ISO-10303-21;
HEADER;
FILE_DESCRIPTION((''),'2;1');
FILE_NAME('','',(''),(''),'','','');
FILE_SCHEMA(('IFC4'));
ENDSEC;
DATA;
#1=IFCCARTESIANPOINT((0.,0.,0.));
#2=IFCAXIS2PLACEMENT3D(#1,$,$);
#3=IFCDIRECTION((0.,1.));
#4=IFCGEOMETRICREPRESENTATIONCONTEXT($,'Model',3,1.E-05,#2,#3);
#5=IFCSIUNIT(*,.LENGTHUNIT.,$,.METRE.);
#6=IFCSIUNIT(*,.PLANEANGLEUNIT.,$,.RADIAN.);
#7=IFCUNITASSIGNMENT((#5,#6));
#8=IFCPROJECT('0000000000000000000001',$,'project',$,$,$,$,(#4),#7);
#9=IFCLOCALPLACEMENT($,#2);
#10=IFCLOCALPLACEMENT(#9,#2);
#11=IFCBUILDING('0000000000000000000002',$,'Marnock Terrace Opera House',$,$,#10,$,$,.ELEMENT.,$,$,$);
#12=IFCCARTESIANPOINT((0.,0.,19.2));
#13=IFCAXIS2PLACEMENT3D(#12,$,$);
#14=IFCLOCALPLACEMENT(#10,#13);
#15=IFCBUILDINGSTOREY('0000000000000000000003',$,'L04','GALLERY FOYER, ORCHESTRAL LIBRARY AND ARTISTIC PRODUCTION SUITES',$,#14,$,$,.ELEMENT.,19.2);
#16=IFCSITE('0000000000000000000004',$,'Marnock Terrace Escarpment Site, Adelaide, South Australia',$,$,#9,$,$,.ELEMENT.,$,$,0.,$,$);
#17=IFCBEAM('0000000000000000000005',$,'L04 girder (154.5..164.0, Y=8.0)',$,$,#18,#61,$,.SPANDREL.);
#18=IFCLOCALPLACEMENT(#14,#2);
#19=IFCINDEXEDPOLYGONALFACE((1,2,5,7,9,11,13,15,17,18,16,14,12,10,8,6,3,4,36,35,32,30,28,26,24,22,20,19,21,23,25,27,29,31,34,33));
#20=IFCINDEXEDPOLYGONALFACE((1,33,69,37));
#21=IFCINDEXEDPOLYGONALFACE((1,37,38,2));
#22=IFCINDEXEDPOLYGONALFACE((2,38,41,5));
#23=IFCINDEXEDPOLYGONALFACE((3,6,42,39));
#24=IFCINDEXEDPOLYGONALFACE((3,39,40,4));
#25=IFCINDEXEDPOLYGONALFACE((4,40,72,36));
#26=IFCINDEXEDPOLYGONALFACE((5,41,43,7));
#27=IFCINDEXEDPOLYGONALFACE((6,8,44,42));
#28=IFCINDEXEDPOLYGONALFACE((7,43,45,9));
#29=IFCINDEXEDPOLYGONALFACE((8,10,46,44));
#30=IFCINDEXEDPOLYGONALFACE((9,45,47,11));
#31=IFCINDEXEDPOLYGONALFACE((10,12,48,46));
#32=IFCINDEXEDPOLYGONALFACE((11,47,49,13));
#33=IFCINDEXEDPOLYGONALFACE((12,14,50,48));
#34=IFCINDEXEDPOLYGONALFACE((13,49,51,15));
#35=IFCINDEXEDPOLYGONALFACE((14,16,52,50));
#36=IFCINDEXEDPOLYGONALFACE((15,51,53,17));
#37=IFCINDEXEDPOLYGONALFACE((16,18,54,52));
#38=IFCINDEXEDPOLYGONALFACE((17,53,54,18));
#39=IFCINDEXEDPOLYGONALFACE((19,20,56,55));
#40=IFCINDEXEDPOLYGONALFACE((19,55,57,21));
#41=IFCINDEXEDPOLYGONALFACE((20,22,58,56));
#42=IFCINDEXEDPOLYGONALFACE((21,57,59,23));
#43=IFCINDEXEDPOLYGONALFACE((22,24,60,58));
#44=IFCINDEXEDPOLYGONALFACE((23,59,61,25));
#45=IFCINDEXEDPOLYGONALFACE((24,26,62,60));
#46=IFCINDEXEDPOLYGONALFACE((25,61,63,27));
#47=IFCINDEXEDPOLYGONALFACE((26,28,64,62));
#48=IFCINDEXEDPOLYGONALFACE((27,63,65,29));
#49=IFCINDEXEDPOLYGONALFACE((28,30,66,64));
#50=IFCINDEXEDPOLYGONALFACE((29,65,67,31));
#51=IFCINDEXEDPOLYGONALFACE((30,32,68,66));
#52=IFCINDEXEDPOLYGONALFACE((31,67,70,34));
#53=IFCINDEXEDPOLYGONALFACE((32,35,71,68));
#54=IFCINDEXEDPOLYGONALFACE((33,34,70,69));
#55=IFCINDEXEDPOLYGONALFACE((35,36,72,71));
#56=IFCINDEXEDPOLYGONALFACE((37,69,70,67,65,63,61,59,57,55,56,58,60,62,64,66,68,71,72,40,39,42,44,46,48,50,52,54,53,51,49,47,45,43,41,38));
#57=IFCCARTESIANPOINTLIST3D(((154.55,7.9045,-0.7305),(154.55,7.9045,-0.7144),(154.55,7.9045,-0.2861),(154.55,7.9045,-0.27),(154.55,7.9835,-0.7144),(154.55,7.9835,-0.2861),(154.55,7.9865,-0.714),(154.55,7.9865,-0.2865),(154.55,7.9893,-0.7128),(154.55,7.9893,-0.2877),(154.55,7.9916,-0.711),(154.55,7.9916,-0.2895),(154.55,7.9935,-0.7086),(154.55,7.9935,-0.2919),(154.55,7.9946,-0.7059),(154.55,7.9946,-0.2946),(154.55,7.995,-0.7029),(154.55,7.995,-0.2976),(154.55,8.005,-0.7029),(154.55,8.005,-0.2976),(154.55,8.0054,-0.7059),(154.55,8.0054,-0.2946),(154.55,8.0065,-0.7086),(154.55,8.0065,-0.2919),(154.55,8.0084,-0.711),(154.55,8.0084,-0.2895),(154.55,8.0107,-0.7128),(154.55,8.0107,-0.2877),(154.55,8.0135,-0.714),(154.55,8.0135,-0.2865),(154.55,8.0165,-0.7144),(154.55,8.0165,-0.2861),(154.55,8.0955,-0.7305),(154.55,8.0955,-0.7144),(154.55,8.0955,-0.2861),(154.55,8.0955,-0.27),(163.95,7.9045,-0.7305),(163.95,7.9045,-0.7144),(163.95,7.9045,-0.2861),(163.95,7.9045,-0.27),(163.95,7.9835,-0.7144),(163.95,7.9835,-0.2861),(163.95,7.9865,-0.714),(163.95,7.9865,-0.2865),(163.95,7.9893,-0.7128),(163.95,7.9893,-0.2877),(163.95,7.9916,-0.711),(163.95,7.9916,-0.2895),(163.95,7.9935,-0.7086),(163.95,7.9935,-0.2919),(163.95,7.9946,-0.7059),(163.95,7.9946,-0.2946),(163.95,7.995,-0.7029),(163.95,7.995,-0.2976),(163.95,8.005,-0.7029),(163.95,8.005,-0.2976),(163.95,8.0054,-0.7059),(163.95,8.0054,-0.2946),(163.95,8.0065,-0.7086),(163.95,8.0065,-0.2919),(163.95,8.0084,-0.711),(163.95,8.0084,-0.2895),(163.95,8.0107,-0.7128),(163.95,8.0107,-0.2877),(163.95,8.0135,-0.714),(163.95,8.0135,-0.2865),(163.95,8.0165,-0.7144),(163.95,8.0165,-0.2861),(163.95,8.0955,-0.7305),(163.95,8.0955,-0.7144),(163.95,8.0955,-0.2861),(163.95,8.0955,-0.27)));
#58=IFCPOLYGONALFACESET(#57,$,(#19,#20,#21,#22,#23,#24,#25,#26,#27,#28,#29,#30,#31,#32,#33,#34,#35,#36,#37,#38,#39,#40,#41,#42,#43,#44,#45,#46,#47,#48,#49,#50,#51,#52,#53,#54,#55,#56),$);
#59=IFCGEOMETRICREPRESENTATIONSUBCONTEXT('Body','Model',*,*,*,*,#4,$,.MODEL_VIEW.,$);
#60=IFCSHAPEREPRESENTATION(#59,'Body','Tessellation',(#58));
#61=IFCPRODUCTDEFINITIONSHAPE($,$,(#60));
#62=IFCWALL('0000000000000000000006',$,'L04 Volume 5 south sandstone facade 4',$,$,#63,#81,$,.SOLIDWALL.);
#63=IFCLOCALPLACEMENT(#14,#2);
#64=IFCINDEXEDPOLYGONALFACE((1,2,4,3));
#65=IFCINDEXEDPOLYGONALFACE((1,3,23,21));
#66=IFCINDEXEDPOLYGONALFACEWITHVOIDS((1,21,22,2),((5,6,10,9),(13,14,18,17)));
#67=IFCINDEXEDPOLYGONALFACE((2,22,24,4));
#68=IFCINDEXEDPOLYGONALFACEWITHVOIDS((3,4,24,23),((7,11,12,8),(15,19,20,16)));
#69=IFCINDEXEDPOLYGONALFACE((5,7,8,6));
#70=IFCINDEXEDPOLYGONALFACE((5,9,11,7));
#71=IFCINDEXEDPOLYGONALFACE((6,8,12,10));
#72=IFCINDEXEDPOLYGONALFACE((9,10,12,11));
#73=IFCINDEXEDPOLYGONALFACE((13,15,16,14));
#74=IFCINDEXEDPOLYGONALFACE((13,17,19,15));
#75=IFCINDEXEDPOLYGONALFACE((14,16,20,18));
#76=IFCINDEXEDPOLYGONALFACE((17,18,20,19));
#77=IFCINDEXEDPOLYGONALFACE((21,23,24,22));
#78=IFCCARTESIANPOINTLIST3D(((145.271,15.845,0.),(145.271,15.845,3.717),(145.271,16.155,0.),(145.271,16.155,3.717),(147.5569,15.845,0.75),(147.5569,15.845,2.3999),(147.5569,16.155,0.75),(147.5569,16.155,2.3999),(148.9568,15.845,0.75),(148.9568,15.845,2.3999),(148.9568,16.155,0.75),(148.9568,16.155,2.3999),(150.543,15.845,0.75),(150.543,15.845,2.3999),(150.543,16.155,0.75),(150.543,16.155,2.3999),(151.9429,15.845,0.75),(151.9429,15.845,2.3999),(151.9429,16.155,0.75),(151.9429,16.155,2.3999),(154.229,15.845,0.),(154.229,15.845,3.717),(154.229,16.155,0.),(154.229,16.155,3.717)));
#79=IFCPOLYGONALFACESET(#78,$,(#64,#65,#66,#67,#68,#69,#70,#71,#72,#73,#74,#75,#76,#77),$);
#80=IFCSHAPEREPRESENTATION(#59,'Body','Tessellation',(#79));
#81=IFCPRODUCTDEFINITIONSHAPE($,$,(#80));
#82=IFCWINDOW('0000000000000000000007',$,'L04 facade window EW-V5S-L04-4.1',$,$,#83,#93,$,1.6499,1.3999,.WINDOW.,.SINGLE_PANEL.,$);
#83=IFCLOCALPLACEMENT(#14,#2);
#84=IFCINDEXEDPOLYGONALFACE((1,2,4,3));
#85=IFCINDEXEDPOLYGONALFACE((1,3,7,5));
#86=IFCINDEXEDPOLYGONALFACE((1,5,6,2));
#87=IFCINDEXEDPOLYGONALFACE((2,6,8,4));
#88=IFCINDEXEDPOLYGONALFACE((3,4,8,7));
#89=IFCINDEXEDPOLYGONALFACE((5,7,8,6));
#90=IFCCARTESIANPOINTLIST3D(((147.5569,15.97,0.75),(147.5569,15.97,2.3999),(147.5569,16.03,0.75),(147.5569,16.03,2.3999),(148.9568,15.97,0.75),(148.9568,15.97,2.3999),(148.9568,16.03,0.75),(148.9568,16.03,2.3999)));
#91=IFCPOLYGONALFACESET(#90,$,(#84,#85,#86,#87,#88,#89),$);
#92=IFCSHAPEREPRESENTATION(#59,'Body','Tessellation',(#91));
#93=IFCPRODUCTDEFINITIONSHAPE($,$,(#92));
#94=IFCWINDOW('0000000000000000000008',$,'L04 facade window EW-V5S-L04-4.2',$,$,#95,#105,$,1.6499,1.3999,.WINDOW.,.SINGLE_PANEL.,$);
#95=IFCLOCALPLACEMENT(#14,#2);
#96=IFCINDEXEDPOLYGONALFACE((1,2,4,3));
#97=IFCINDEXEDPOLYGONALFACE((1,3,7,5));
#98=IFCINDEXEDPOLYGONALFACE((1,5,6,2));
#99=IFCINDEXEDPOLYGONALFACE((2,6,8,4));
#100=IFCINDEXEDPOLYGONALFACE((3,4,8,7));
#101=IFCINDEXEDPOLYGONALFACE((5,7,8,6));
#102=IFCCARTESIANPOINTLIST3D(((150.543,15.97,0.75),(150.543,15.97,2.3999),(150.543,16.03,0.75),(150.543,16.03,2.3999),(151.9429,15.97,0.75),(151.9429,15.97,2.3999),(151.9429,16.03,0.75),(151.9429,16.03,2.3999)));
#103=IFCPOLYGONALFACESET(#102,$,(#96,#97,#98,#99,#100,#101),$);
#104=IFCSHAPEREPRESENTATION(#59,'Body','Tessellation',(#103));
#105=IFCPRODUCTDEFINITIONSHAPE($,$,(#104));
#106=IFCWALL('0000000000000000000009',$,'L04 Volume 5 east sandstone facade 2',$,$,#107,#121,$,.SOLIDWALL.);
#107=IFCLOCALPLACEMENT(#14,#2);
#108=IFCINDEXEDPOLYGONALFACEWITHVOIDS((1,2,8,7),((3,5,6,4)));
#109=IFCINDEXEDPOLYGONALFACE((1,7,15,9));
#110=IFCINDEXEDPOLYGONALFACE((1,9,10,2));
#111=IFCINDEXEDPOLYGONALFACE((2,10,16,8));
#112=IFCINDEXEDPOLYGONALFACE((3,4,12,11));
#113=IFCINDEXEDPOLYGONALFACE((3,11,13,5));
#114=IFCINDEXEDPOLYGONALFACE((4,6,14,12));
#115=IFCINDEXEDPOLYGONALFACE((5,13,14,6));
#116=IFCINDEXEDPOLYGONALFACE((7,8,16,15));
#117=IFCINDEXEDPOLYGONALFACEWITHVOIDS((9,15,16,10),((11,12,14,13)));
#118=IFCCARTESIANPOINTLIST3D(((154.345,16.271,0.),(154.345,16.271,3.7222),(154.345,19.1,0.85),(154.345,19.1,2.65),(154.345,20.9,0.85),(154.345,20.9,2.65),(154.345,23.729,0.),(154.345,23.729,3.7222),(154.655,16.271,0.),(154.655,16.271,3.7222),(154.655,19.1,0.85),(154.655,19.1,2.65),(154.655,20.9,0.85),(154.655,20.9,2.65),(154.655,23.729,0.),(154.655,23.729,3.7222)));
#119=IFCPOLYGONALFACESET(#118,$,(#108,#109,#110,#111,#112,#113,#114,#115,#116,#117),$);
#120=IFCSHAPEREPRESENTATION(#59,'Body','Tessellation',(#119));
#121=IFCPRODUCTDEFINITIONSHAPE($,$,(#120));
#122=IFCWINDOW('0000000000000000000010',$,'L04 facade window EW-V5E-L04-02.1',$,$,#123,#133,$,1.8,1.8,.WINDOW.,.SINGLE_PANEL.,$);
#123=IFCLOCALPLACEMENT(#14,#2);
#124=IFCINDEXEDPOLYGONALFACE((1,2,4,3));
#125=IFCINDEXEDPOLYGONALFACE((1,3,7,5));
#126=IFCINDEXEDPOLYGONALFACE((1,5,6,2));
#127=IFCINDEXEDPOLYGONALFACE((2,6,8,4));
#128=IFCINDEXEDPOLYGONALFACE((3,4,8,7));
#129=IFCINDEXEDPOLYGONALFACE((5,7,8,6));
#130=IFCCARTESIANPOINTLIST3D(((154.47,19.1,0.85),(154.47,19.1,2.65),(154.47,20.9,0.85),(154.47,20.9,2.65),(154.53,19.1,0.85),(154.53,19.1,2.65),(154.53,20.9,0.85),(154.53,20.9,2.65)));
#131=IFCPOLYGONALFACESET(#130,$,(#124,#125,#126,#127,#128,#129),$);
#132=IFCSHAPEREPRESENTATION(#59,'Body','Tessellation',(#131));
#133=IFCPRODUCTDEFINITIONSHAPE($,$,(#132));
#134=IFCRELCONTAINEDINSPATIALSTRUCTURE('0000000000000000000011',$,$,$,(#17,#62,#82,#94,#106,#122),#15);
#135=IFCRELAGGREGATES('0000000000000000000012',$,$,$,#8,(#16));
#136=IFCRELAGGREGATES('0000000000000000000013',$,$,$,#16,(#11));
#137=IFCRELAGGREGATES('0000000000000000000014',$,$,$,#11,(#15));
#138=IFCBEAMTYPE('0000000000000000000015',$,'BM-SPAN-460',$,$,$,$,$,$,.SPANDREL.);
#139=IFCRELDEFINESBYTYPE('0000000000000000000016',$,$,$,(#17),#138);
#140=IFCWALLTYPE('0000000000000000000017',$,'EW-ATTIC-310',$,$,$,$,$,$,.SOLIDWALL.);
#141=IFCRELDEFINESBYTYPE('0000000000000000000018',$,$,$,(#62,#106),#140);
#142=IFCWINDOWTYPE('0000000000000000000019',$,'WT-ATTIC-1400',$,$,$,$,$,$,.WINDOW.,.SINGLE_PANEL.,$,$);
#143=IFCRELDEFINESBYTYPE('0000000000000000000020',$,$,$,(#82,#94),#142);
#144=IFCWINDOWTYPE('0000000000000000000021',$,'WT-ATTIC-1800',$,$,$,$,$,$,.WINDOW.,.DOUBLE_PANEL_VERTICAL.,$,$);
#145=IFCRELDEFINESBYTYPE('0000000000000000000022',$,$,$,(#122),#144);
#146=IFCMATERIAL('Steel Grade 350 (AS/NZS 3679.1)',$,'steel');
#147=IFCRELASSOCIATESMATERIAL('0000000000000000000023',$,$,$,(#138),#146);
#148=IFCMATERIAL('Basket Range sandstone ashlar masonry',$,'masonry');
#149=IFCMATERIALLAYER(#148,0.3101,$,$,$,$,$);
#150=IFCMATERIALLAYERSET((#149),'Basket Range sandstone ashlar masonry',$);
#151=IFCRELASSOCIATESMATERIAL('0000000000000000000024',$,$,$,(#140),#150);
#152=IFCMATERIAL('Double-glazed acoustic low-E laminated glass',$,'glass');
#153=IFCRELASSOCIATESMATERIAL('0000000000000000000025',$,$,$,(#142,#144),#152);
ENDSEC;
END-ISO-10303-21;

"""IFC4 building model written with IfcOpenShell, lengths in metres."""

from ifc_helpers import new_model, si_unit, direction, frame, frame_2d, origin, origin_2d, place, context, subcontext, project, spatial, rectangle, i_section, extrude, material, layer, layer_set, material_profile, profile_set, type_object, element, fill, save


model = new_model("IFC4")

# Units and contexts
model_context = context("Model", 3, precision=1e-05, world=origin(), true_north=direction((0.0, 1.0)))
body_context = subcontext(model_context, "Body", "Model", "MODEL_VIEW")
ifc_project = project(units=[si_unit("LENGTHUNIT", "METRE"), si_unit("PLANEANGLEUNIT", "RADIAN")], contexts=[model_context])

# Site, building, storey
site_placement = place(None, origin())
site = spatial("IfcSite", under=ifc_project, at=site_placement, Name="Marnock Terrace Escarpment Site, Adelaide, South Australia", CompositionType="ELEMENT", RefElevation=0.0)
building_placement = place(site_placement, origin())
building = spatial("IfcBuilding", under=site, at=building_placement, Name="Marnock Terrace Opera House", CompositionType="ELEMENT")
storey_placement = place(building_placement, frame((0.0, 0.0, 19.2)))
storey = spatial("IfcBuildingStorey", under=building, at=storey_placement, Name="L04", Description="GALLERY FOYER, ORCHESTRAL LIBRARY AND ARTISTIC PRODUCTION SUITES", CompositionType="ELEMENT", Elevation=19.2)

# Beam
ifc_material_1 = material(Name="Steel Grade 350 (AS/NZS 3679.1)", Category="steel")
ifc_material_profile_1 = material_profile(ifc_material_1, i_section(OverallWidth=0.1909, OverallDepth=0.4604, WebThickness=0.01, FlangeThickness=0.0161, FilletRadius=0.0115, at=origin_2d()))
ifc_profile_set_1 = profile_set([ifc_material_profile_1], Name="Steel Grade 350 (AS/NZS 3679.1)")
beam_type_1 = type_object("IfcBeamType", Name="BM-SPAN-460", PredefinedType="SPANDREL", material=ifc_profile_set_1)
beam_1_placement = place(storey_placement, frame((154.55, 8.0, -0.5002), z_axis=(1.0, 0.0, 0.0), x_axis=(0.0, 1.0, 0.0)))
element("IfcBeam", 1, at=beam_1_placement, inside=storey, type_object=beam_type_1, Name="L04 girder (154.5..164.0, Y=8.0)", PredefinedType="SPANDREL", context=body_context, shape_type="SweptSolid", body=[
    extrude(i_section(OverallWidth=0.1909, OverallDepth=0.4604, WebThickness=0.01, FlangeThickness=0.0161, FilletRadius=0.0115, at=origin_2d()), origin(), (0.0, 0.0, 1.0), 9.3999),
])

# Wall, openings, windows
ifc_material_2 = material(Name="Basket Range sandstone ashlar masonry", Category="masonry")
ifc_layer = layer(ifc_material_2, 0.3101)
ifc_layer_set = layer_set([ifc_layer], Name="Basket Range sandstone ashlar masonry")
wall_type = type_object("IfcWallType", Name="EW-ATTIC-310", PredefinedType="SOLIDWALL", material=ifc_layer_set)
wall_1_placement = place(storey_placement, frame((145.271, 16.0, 0.0), z_axis=(0.0, 0.0, 1.0), x_axis=(1.0, 0.0, 0.0)))
wall_1 = element("IfcWall", 2, at=wall_1_placement, inside=storey, type_object=wall_type, Name="L04 Volume 5 south sandstone facade 4", PredefinedType="SOLIDWALL", context=body_context, shape_type="SweptSolid", body=[
    extrude(rectangle(XDim=8.958, YDim=0.3101, at=frame_2d((4.479, 0.0))), origin(), (0.0, 0.0, 1.0), 3.717),
])
opening_1_placement = place(wall_1_placement, frame((2.2859, 0.0, 0.75)))
opening_1 = element("IfcOpeningElement", 3, at=opening_1_placement, cuts=wall_1, PredefinedType="OPENING", context=body_context, shape_type="SweptSolid", body=[
    extrude(rectangle(XDim=1.3999, YDim=1.6499, at=frame_2d((0.7, 0.825))), frame((0.0, 0.165, 0.0), z_axis=(0.0, -1.0, 0.0), x_axis=(1.0, 0.0, 0.0)), (0.0, 0.0, 1.0), 0.3301),
])
opening_2_placement = place(wall_1_placement, frame((5.272, 0.0, 0.75)))
opening_2 = element("IfcOpeningElement", 4, at=opening_2_placement, cuts=wall_1, PredefinedType="OPENING", context=body_context, shape_type="SweptSolid", body=[
    extrude(rectangle(XDim=1.3999, YDim=1.6499, at=frame_2d((0.7, 0.825))), frame((0.0, 0.165, 0.0), z_axis=(0.0, -1.0, 0.0), x_axis=(1.0, 0.0, 0.0)), (0.0, 0.0, 1.0), 0.3301),
])
ifc_material_3 = material(Name="Double-glazed acoustic low-E laminated glass", Category="glass")
window_type_1 = type_object("IfcWindowType", Name="WT-ATTIC-1400", PartitioningType="SINGLE_PANEL", PredefinedType="WINDOW", material=ifc_material_3)
window_1_placement = place(opening_1_placement, origin())
window_1 = element("IfcWindow", 5, at=window_1_placement, inside=storey, type_object=window_type_1, Name="L04 facade window EW-V5S-L04-4.1", OverallHeight=1.6499, OverallWidth=1.3999, PartitioningType="SINGLE_PANEL", PredefinedType="WINDOW", context=body_context, shape_type="SweptSolid", body=[
    extrude(rectangle(XDim=1.3999, YDim=1.6499, at=frame_2d((0.7, 0.825))), frame((0.0, 0.03, 0.0), z_axis=(0.0, -1.0, 0.0), x_axis=(1.0, 0.0, 0.0)), (0.0, 0.0, 1.0), 0.0601),
])
fill(opening_1, window_1)
window_2_placement = place(opening_2_placement, origin())
window_2 = element("IfcWindow", 6, at=window_2_placement, inside=storey, type_object=window_type_1, Name="L04 facade window EW-V5S-L04-4.2", OverallHeight=1.6499, OverallWidth=1.3999, PartitioningType="SINGLE_PANEL", PredefinedType="WINDOW", context=body_context, shape_type="SweptSolid", body=[
    extrude(rectangle(XDim=1.3999, YDim=1.6499, at=frame_2d((0.7, 0.825))), frame((0.0, 0.03, 0.0), z_axis=(0.0, -1.0, 0.0), x_axis=(1.0, 0.0, 0.0)), (0.0, 0.0, 1.0), 0.0601),
])
fill(opening_2, window_2)

# Wall, opening, window
wall_2_placement = place(storey_placement, frame((154.5, 16.271, 0.0), z_axis=(0.0, 0.0, 1.0), x_axis=(0.0, 1.0, 0.0)))
wall_2 = element("IfcWall", 7, at=wall_2_placement, inside=storey, type_object=wall_type, Name="L04 Volume 5 east sandstone facade 2", PredefinedType="SOLIDWALL", context=body_context, shape_type="SweptSolid", body=[
    extrude(rectangle(XDim=7.458, YDim=0.3101, at=frame_2d((3.729, 0.0))), origin(), (0.0, 0.0, 1.0), 3.7222),
])
opening_3_placement = place(wall_2_placement, frame((2.8291, 0.0, 0.8501)))
opening_3 = element("IfcOpeningElement", 8, at=opening_3_placement, cuts=wall_2, PredefinedType="OPENING", context=body_context, shape_type="SweptSolid", body=[
    extrude(rectangle(XDim=1.8, YDim=1.8, at=frame_2d((0.8999, 0.8999))), frame((0.0, 0.165, 0.0), z_axis=(0.0, -1.0, 0.0), x_axis=(1.0, 0.0, 0.0)), (0.0, 0.0, 1.0), 0.3301),
])
window_type_2 = type_object("IfcWindowType", Name="WT-ATTIC-1800", PartitioningType="DOUBLE_PANEL_VERTICAL", PredefinedType="WINDOW", material=ifc_material_3)
window_3_placement = place(opening_3_placement, origin())
window_3 = element("IfcWindow", 9, at=window_3_placement, inside=storey, type_object=window_type_2, Name="L04 facade window EW-V5E-L04-02.1", OverallHeight=1.8, OverallWidth=1.8, PartitioningType="SINGLE_PANEL", PredefinedType="WINDOW", context=body_context, shape_type="SweptSolid", body=[
    extrude(rectangle(XDim=1.8, YDim=1.8, at=frame_2d((0.8999, 0.8999))), frame((0.0, 0.03, 0.0), z_axis=(0.0, -1.0, 0.0), x_axis=(1.0, 0.0, 0.0)), (0.0, 0.0, 1.0), 0.0601),
])
fill(opening_3, window_3)

save(model, "model.ifc")
